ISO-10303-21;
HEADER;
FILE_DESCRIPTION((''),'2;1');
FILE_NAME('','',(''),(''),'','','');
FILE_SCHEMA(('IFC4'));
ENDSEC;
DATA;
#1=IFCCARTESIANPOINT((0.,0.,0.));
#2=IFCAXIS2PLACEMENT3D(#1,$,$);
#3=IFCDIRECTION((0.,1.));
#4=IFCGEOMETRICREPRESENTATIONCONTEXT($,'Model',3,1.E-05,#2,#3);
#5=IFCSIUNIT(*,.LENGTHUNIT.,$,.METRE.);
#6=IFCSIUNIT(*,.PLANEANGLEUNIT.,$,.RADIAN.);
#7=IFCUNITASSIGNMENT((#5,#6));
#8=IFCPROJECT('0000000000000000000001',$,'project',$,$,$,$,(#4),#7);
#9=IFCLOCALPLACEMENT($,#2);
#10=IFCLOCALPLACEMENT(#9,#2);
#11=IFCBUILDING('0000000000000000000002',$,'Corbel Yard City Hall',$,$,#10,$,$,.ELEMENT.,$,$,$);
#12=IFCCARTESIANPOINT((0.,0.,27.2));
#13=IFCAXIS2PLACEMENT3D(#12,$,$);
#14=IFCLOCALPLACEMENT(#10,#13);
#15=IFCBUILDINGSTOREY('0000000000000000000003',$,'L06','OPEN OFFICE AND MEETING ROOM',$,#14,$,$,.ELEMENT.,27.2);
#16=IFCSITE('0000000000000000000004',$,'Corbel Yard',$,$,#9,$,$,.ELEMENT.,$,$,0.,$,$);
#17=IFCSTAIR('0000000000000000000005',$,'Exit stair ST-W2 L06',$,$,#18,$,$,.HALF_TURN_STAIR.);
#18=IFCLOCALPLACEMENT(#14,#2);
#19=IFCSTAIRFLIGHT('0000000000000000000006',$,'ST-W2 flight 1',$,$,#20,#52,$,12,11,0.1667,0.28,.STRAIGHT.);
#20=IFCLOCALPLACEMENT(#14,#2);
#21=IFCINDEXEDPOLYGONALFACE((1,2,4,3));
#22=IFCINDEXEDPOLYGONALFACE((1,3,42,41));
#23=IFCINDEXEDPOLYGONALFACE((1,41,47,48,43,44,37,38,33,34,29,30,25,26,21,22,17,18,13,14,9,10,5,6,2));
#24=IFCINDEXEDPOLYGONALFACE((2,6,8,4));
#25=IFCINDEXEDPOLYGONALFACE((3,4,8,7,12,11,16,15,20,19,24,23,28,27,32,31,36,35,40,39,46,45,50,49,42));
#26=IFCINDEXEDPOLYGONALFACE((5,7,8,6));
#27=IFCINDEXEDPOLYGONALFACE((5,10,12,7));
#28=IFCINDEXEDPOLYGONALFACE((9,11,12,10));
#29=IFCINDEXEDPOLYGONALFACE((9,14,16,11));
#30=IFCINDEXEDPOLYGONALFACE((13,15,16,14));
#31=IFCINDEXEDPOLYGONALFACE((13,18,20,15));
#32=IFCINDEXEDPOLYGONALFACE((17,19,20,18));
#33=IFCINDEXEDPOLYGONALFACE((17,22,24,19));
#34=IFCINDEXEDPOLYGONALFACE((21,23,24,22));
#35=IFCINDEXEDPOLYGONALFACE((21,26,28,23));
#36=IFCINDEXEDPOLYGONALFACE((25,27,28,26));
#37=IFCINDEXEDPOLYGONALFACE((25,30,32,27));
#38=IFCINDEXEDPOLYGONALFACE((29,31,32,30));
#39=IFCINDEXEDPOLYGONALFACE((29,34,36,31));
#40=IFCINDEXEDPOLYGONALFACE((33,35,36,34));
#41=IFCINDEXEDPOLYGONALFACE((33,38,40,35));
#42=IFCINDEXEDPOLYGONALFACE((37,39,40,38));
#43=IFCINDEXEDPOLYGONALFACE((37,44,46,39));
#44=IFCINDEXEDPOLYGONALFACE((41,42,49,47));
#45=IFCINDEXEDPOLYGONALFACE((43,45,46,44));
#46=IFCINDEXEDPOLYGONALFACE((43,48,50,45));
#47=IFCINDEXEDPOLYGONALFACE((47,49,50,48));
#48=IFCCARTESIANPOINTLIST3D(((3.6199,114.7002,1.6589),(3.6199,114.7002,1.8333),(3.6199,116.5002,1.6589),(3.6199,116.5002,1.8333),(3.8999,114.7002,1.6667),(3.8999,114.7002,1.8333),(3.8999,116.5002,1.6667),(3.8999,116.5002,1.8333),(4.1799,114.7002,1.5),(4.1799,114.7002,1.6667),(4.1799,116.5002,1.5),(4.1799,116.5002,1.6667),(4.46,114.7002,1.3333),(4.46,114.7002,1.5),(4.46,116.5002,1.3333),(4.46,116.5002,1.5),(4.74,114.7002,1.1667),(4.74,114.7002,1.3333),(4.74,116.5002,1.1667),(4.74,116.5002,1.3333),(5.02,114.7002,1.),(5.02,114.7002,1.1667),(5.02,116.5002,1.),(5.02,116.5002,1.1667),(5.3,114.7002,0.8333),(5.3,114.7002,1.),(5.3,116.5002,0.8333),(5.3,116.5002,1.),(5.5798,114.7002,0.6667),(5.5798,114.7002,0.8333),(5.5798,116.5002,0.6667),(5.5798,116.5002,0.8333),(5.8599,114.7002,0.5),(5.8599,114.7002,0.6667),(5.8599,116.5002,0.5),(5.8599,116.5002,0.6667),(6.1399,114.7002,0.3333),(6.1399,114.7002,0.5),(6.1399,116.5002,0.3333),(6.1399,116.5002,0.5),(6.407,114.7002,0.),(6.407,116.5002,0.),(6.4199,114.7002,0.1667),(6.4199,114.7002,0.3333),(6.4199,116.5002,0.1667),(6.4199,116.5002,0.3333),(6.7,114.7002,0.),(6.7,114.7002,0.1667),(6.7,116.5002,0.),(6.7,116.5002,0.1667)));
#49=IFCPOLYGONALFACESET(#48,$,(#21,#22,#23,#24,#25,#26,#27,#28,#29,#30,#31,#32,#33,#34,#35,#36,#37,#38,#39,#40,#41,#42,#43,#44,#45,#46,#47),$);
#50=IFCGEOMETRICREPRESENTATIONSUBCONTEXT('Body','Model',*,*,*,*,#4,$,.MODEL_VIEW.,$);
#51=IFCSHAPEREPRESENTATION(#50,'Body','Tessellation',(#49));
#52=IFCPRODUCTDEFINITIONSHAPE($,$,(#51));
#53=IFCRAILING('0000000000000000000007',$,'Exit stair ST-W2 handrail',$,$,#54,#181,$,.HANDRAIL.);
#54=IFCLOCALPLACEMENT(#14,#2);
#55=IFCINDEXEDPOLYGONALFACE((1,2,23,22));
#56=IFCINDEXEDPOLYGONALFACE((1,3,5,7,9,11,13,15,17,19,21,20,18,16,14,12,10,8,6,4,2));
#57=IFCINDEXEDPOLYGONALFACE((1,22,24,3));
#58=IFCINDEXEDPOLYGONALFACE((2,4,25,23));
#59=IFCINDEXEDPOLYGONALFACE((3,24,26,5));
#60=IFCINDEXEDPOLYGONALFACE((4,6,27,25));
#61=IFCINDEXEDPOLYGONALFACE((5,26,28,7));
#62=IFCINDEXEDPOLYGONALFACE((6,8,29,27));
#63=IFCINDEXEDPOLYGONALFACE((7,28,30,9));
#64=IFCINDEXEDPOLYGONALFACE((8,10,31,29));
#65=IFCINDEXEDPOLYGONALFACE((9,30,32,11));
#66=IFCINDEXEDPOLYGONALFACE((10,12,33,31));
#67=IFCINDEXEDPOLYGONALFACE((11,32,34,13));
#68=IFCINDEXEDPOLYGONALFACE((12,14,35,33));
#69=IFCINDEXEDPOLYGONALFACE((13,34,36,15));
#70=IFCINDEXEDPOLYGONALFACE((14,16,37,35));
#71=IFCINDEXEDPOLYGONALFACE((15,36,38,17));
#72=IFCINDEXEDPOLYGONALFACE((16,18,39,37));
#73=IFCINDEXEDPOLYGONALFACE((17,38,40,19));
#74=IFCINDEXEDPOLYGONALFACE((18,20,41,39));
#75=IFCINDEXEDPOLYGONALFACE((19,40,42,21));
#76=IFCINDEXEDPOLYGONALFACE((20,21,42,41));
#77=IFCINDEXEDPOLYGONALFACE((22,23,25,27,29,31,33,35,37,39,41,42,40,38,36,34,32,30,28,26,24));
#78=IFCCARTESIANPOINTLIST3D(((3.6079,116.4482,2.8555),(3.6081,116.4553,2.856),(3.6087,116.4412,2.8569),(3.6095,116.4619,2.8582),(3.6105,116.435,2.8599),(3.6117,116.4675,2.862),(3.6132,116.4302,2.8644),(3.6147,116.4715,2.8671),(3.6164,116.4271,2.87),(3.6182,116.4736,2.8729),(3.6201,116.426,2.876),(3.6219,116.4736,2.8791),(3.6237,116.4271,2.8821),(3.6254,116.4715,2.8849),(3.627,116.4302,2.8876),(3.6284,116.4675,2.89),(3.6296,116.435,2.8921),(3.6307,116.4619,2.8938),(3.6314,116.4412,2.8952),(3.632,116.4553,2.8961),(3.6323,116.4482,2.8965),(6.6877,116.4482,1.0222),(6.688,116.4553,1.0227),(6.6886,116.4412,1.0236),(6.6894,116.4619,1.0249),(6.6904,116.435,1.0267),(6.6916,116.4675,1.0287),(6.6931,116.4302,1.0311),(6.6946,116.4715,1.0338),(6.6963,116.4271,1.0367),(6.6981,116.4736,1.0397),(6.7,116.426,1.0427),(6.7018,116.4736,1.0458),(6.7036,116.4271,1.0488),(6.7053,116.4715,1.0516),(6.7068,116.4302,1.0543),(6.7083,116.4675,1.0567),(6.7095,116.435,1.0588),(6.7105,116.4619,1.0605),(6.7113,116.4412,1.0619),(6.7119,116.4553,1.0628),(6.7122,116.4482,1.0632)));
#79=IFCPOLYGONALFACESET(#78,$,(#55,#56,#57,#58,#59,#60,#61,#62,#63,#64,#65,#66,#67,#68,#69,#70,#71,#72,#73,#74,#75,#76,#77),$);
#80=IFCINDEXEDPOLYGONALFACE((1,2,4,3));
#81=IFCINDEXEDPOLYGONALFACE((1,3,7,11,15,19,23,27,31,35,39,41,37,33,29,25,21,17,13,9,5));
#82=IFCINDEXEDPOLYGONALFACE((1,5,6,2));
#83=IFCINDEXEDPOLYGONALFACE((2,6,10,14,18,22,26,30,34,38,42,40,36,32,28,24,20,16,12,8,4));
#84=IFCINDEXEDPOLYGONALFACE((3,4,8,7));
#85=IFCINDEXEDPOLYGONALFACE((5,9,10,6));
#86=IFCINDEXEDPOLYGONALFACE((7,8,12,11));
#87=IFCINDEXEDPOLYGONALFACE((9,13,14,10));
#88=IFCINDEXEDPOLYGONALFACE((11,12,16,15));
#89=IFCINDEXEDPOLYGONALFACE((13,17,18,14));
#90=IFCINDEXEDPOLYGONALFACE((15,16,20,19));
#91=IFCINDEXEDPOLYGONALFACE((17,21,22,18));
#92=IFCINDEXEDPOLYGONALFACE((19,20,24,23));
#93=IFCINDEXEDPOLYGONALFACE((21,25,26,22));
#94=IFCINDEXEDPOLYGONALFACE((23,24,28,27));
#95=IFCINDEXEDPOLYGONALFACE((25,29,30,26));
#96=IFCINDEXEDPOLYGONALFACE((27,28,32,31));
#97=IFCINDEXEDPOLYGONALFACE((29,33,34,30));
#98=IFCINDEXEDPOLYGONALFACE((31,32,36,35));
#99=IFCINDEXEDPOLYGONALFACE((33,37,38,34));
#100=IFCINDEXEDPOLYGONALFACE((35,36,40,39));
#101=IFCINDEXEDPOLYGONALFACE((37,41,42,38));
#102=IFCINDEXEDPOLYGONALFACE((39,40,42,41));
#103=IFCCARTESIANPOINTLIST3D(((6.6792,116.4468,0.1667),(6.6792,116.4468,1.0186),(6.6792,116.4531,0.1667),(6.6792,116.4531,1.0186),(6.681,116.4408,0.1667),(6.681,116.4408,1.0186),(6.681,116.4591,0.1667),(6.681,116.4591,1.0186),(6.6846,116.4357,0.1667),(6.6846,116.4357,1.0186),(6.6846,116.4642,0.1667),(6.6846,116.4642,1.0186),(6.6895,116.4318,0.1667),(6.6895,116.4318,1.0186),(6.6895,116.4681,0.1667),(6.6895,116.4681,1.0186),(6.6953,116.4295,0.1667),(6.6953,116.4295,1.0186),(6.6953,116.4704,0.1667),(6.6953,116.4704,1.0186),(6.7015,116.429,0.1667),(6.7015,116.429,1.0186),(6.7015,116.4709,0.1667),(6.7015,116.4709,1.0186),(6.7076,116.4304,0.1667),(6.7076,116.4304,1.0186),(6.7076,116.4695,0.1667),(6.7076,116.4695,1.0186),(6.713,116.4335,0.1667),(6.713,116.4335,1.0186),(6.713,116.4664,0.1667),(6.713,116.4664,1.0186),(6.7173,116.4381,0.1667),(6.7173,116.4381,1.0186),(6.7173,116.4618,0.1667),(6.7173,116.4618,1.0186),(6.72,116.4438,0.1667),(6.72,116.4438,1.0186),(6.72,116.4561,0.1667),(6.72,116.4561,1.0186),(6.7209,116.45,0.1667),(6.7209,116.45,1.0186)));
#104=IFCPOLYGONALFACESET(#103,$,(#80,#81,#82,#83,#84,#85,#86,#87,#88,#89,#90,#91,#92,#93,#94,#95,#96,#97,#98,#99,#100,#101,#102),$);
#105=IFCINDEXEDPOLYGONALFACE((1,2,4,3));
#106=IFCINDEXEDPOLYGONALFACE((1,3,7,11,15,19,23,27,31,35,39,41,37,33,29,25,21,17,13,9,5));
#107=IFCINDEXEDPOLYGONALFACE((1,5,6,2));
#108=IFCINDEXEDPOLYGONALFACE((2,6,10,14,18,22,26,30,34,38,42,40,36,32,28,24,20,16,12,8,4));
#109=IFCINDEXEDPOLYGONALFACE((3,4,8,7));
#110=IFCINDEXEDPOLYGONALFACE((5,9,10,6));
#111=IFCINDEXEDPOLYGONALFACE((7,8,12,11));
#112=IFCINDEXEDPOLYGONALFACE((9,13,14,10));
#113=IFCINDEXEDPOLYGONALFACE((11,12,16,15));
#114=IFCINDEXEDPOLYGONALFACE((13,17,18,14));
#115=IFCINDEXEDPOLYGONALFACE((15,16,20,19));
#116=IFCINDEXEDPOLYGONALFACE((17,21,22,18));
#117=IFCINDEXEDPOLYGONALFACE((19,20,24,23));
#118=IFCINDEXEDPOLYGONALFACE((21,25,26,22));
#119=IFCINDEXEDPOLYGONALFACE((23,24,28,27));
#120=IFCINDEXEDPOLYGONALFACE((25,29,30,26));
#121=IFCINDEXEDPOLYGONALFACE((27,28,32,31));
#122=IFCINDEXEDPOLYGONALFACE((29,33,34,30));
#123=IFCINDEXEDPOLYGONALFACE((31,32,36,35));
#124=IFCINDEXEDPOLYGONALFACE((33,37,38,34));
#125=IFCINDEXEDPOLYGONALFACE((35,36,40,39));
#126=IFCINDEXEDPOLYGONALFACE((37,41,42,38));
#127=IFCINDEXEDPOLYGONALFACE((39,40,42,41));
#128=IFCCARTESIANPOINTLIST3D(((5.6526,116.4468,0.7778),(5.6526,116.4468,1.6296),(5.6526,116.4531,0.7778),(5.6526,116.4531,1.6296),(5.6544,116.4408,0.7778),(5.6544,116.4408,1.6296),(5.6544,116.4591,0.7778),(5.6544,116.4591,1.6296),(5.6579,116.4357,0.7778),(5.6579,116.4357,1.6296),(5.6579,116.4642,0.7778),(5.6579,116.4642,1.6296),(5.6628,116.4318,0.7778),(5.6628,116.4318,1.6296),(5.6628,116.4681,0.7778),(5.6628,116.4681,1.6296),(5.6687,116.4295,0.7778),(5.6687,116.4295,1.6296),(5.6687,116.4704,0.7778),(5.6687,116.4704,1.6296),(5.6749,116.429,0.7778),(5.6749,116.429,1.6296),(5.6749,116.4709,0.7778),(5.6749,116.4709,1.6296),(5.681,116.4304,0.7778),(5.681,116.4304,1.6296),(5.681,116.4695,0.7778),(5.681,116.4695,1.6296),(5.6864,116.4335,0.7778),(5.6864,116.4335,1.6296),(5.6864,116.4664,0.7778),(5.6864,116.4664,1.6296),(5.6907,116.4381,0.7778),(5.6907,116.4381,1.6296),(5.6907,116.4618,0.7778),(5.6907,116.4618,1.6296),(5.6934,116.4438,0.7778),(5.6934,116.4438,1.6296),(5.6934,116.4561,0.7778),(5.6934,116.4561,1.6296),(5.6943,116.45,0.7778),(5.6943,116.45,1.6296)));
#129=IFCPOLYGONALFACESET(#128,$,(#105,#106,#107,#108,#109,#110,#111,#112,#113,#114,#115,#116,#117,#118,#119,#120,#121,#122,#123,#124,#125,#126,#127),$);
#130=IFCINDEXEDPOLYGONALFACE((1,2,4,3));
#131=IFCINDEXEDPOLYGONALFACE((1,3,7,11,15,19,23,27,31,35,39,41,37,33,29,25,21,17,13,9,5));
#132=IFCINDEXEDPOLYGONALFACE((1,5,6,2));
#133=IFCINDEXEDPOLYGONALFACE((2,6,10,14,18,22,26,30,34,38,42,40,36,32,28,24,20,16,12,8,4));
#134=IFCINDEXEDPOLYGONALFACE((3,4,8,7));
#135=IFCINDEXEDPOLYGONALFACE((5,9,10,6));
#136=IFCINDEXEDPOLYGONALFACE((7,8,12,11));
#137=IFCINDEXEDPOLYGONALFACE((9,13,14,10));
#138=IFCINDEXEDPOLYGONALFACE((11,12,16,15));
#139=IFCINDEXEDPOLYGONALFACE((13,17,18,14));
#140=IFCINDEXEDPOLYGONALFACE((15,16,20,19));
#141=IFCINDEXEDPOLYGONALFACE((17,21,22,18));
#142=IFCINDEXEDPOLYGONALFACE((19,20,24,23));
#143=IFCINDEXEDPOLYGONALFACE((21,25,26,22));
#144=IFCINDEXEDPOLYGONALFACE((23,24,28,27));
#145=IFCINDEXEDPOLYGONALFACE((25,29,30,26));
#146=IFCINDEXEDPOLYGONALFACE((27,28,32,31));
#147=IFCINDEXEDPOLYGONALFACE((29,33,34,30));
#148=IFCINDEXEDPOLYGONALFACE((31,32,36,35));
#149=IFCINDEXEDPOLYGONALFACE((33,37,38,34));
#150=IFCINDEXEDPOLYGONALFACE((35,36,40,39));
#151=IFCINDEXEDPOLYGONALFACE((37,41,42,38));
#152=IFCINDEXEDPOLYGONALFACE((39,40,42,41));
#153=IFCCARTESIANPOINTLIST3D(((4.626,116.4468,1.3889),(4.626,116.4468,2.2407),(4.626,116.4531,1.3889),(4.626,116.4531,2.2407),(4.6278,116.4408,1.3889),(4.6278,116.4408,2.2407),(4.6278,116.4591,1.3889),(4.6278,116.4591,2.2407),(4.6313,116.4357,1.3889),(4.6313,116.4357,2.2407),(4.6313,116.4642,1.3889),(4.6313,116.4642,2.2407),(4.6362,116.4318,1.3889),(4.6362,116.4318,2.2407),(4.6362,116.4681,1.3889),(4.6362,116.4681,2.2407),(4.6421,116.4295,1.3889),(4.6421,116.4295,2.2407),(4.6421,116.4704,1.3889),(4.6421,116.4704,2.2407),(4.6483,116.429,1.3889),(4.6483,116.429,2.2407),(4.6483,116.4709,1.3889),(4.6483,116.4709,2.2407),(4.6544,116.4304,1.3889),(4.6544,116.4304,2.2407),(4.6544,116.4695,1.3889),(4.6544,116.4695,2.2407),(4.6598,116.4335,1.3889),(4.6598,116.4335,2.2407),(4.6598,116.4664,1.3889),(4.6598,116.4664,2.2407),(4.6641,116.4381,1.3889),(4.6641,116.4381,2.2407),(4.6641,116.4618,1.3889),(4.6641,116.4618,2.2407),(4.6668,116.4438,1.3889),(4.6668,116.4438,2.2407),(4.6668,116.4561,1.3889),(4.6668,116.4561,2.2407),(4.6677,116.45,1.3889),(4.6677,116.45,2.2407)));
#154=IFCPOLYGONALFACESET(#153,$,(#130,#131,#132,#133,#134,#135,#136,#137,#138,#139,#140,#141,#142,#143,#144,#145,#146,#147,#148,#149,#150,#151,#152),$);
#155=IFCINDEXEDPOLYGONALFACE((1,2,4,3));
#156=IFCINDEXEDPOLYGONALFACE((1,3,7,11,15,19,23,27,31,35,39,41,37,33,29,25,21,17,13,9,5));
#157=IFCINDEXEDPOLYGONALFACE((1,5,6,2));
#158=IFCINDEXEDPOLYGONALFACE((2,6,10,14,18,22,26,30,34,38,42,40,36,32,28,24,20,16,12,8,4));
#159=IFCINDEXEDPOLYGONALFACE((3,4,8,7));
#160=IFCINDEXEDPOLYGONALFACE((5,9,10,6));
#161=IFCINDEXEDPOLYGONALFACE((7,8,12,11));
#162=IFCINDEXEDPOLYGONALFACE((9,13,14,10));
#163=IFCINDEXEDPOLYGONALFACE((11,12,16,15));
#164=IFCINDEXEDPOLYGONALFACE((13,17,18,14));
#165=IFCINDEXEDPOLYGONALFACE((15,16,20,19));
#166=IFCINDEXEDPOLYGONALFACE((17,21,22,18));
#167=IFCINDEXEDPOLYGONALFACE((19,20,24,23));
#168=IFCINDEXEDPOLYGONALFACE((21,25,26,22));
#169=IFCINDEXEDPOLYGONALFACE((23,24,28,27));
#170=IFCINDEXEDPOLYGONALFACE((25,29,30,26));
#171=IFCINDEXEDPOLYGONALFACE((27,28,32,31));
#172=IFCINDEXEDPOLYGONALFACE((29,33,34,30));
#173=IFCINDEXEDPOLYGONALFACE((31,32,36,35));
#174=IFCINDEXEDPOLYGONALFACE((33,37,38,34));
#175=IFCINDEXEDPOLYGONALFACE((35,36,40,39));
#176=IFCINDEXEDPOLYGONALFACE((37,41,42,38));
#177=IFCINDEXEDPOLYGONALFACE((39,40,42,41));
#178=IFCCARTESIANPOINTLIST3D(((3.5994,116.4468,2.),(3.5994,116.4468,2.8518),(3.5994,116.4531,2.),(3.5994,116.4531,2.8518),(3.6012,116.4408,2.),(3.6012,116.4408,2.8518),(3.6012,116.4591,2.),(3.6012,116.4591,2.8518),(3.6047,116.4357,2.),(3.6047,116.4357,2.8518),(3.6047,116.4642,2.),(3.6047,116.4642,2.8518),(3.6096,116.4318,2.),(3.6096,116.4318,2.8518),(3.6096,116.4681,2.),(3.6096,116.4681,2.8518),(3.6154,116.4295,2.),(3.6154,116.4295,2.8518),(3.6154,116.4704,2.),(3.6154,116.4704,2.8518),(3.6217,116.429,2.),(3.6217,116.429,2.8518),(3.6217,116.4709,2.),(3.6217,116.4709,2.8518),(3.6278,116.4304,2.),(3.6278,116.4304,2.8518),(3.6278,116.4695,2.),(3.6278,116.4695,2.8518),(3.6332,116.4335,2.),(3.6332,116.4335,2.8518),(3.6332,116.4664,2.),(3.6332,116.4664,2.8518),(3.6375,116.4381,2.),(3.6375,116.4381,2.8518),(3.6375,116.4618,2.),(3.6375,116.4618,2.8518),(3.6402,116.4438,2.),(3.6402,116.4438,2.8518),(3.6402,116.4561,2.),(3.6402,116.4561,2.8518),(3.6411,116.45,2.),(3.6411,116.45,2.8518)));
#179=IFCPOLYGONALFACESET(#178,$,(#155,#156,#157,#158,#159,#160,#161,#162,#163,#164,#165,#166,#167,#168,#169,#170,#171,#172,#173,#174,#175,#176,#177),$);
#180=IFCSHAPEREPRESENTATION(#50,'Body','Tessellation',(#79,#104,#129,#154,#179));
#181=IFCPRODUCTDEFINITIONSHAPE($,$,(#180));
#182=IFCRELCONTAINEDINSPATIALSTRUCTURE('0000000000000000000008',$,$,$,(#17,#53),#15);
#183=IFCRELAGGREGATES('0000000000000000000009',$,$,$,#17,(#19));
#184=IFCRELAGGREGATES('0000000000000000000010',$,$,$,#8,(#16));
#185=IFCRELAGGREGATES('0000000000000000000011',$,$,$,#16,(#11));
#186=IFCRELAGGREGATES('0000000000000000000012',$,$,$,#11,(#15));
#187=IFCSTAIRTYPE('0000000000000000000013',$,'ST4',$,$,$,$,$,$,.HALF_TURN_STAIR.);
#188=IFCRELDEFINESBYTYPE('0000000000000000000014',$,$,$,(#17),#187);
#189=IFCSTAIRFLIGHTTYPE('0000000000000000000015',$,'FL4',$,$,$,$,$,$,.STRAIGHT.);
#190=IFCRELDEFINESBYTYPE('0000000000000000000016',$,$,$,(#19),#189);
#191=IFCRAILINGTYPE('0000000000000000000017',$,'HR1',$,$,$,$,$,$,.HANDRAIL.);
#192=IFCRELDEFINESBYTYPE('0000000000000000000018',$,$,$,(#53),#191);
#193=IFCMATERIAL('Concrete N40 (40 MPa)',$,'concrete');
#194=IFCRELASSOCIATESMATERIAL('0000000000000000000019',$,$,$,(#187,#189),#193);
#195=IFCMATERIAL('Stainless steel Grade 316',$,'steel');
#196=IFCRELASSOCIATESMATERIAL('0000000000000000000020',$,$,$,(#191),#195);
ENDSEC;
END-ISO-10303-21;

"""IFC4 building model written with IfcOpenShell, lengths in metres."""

from ifc_helpers import new_model, si_unit, direction, frame, origin, origin_2d, place, context, subcontext, project, spatial, polyline, circle, outline, extrude, material, type_object, element, aggregate, save


model = new_model("IFC4")

# Units and contexts
model_context = context("Model", 3, precision=1e-05, world=origin(), true_north=direction((0.0, 1.0)))
body_context = subcontext(model_context, "Body", "Model", "MODEL_VIEW")
ifc_project = project(units=[si_unit("LENGTHUNIT", "METRE"), si_unit("PLANEANGLEUNIT", "RADIAN")], contexts=[model_context])

# Site, building, storey
site_placement = place(None, origin())
site = spatial("IfcSite", under=ifc_project, at=site_placement, Name="Corbel Yard", CompositionType="ELEMENT", RefElevation=0.0)
building_placement = place(site_placement, origin())
building = spatial("IfcBuilding", under=site, at=building_placement, Name="Corbel Yard City Hall", CompositionType="ELEMENT")
storey_placement = place(building_placement, frame((0.0, 0.0, 27.2)))
storey = spatial("IfcBuildingStorey", under=building, at=storey_placement, Name="L06", Description="OPEN OFFICE AND MEETING ROOM", CompositionType="ELEMENT", Elevation=27.2)

# Stair, stair flight
ifc_material_1 = material(Name="Concrete N40 (40 MPa)", Category="concrete")
stair_type = type_object("IfcStairType", Name="ST4", PredefinedType="HALF_TURN_STAIR", material=ifc_material_1)
stair_placement = place(storey_placement, origin())
stair = element("IfcStair", 1, at=stair_placement, inside=storey, type_object=stair_type, Name="Exit stair ST-W2 L06", PredefinedType="HALF_TURN_STAIR")
stair_flight_type = type_object("IfcStairFlightType", Name="FL4", PredefinedType="STRAIGHT", material=ifc_material_1)
stair_flight_placement = place(storey_placement, frame((6.7, 115.6001, 0.0), z_axis=(0.0, 0.0, 1.0), x_axis=(-1.0, 0.0, 0.0)))
stair_flight = element("IfcStairFlight", 2, at=stair_flight_placement, type_object=stair_flight_type, Name="ST-W2 flight 1", NumberOfRisers=12, NumberOfTreads=11, PredefinedType="STRAIGHT", RiserHeight=0.1667, TreadLength=0.28, context=body_context, shape_type="SweptSolid", body=[
    extrude(outline(polyline([(0.0, 0.0), (0.0, 0.1667), (0.28, 0.1667), (0.28, 0.3333), (0.5601, 0.3333), (0.5601, 0.5), (0.8401, 0.5), (0.8401, 0.6667), (1.1201, 0.6667), (1.1201, 0.8333), (1.3999, 0.8333), (1.3999, 1.0), (1.6799, 1.0), (1.6799, 1.1667), (1.96, 1.1667), (1.96, 1.3333), (2.24, 1.3333), (2.24, 1.5), (2.52, 1.5), (2.52, 1.6667), (2.8, 1.6667), (2.8, 1.8333), (3.0801, 1.8333), (3.0801, 2.0), (3.0801, 1.6589), (0.293, 0.0), (0.0, 0.0)])), frame((0.0, 0.8999, 0.0), z_axis=(0.0, -1.0, 0.0), x_axis=(1.0, 0.0, 0.0)), (0.0, 0.0, 1.0), 1.8),
])
aggregate(stair, [stair_flight])

# Railing
ifc_material_2 = material(Name="Stainless steel Grade 316", Category="steel")
railing_type = type_object("IfcRailingType", Name="HR1", PredefinedType="HANDRAIL", material=ifc_material_2)
for number, where, name in (
    (3, (6.7, 116.45, 0.1667), "Exit stair ST-W2 handrail"),
):
    element("IfcRailing", number, at=place(storey_placement, frame(where)), inside=storey, type_object=railing_type, Name=name, PredefinedType="HANDRAIL", context=body_context, shape_type="SweptSolid", body=[
        extrude(circle(Radius=0.0239, at=origin_2d()), frame((0.0, 0.0, 0.876), z_axis=(-0.859291, 0.0, 0.511487), x_axis=(0.0, -1.0, 0.0)), (0.0, 0.0, 1.0), 3.5842),
        extrude(circle(Radius=0.021, at=origin_2d()), origin(), (0.0, 0.0, 1.0), 0.8518),
        extrude(circle(Radius=0.021, at=origin_2d()), frame((-1.0266, 0.0, 0.6111)), (0.0, 0.0, 1.0), 0.8518),
        extrude(circle(Radius=0.021, at=origin_2d()), frame((-2.0532, 0.0, 1.2222)), (0.0, 0.0, 1.0), 0.8518),
        extrude(circle(Radius=0.021, at=origin_2d()), frame((-3.0798, 0.0, 1.8333)), (0.0, 0.0, 1.0), 0.8518),
    ])

save(model, "model.ifc")
